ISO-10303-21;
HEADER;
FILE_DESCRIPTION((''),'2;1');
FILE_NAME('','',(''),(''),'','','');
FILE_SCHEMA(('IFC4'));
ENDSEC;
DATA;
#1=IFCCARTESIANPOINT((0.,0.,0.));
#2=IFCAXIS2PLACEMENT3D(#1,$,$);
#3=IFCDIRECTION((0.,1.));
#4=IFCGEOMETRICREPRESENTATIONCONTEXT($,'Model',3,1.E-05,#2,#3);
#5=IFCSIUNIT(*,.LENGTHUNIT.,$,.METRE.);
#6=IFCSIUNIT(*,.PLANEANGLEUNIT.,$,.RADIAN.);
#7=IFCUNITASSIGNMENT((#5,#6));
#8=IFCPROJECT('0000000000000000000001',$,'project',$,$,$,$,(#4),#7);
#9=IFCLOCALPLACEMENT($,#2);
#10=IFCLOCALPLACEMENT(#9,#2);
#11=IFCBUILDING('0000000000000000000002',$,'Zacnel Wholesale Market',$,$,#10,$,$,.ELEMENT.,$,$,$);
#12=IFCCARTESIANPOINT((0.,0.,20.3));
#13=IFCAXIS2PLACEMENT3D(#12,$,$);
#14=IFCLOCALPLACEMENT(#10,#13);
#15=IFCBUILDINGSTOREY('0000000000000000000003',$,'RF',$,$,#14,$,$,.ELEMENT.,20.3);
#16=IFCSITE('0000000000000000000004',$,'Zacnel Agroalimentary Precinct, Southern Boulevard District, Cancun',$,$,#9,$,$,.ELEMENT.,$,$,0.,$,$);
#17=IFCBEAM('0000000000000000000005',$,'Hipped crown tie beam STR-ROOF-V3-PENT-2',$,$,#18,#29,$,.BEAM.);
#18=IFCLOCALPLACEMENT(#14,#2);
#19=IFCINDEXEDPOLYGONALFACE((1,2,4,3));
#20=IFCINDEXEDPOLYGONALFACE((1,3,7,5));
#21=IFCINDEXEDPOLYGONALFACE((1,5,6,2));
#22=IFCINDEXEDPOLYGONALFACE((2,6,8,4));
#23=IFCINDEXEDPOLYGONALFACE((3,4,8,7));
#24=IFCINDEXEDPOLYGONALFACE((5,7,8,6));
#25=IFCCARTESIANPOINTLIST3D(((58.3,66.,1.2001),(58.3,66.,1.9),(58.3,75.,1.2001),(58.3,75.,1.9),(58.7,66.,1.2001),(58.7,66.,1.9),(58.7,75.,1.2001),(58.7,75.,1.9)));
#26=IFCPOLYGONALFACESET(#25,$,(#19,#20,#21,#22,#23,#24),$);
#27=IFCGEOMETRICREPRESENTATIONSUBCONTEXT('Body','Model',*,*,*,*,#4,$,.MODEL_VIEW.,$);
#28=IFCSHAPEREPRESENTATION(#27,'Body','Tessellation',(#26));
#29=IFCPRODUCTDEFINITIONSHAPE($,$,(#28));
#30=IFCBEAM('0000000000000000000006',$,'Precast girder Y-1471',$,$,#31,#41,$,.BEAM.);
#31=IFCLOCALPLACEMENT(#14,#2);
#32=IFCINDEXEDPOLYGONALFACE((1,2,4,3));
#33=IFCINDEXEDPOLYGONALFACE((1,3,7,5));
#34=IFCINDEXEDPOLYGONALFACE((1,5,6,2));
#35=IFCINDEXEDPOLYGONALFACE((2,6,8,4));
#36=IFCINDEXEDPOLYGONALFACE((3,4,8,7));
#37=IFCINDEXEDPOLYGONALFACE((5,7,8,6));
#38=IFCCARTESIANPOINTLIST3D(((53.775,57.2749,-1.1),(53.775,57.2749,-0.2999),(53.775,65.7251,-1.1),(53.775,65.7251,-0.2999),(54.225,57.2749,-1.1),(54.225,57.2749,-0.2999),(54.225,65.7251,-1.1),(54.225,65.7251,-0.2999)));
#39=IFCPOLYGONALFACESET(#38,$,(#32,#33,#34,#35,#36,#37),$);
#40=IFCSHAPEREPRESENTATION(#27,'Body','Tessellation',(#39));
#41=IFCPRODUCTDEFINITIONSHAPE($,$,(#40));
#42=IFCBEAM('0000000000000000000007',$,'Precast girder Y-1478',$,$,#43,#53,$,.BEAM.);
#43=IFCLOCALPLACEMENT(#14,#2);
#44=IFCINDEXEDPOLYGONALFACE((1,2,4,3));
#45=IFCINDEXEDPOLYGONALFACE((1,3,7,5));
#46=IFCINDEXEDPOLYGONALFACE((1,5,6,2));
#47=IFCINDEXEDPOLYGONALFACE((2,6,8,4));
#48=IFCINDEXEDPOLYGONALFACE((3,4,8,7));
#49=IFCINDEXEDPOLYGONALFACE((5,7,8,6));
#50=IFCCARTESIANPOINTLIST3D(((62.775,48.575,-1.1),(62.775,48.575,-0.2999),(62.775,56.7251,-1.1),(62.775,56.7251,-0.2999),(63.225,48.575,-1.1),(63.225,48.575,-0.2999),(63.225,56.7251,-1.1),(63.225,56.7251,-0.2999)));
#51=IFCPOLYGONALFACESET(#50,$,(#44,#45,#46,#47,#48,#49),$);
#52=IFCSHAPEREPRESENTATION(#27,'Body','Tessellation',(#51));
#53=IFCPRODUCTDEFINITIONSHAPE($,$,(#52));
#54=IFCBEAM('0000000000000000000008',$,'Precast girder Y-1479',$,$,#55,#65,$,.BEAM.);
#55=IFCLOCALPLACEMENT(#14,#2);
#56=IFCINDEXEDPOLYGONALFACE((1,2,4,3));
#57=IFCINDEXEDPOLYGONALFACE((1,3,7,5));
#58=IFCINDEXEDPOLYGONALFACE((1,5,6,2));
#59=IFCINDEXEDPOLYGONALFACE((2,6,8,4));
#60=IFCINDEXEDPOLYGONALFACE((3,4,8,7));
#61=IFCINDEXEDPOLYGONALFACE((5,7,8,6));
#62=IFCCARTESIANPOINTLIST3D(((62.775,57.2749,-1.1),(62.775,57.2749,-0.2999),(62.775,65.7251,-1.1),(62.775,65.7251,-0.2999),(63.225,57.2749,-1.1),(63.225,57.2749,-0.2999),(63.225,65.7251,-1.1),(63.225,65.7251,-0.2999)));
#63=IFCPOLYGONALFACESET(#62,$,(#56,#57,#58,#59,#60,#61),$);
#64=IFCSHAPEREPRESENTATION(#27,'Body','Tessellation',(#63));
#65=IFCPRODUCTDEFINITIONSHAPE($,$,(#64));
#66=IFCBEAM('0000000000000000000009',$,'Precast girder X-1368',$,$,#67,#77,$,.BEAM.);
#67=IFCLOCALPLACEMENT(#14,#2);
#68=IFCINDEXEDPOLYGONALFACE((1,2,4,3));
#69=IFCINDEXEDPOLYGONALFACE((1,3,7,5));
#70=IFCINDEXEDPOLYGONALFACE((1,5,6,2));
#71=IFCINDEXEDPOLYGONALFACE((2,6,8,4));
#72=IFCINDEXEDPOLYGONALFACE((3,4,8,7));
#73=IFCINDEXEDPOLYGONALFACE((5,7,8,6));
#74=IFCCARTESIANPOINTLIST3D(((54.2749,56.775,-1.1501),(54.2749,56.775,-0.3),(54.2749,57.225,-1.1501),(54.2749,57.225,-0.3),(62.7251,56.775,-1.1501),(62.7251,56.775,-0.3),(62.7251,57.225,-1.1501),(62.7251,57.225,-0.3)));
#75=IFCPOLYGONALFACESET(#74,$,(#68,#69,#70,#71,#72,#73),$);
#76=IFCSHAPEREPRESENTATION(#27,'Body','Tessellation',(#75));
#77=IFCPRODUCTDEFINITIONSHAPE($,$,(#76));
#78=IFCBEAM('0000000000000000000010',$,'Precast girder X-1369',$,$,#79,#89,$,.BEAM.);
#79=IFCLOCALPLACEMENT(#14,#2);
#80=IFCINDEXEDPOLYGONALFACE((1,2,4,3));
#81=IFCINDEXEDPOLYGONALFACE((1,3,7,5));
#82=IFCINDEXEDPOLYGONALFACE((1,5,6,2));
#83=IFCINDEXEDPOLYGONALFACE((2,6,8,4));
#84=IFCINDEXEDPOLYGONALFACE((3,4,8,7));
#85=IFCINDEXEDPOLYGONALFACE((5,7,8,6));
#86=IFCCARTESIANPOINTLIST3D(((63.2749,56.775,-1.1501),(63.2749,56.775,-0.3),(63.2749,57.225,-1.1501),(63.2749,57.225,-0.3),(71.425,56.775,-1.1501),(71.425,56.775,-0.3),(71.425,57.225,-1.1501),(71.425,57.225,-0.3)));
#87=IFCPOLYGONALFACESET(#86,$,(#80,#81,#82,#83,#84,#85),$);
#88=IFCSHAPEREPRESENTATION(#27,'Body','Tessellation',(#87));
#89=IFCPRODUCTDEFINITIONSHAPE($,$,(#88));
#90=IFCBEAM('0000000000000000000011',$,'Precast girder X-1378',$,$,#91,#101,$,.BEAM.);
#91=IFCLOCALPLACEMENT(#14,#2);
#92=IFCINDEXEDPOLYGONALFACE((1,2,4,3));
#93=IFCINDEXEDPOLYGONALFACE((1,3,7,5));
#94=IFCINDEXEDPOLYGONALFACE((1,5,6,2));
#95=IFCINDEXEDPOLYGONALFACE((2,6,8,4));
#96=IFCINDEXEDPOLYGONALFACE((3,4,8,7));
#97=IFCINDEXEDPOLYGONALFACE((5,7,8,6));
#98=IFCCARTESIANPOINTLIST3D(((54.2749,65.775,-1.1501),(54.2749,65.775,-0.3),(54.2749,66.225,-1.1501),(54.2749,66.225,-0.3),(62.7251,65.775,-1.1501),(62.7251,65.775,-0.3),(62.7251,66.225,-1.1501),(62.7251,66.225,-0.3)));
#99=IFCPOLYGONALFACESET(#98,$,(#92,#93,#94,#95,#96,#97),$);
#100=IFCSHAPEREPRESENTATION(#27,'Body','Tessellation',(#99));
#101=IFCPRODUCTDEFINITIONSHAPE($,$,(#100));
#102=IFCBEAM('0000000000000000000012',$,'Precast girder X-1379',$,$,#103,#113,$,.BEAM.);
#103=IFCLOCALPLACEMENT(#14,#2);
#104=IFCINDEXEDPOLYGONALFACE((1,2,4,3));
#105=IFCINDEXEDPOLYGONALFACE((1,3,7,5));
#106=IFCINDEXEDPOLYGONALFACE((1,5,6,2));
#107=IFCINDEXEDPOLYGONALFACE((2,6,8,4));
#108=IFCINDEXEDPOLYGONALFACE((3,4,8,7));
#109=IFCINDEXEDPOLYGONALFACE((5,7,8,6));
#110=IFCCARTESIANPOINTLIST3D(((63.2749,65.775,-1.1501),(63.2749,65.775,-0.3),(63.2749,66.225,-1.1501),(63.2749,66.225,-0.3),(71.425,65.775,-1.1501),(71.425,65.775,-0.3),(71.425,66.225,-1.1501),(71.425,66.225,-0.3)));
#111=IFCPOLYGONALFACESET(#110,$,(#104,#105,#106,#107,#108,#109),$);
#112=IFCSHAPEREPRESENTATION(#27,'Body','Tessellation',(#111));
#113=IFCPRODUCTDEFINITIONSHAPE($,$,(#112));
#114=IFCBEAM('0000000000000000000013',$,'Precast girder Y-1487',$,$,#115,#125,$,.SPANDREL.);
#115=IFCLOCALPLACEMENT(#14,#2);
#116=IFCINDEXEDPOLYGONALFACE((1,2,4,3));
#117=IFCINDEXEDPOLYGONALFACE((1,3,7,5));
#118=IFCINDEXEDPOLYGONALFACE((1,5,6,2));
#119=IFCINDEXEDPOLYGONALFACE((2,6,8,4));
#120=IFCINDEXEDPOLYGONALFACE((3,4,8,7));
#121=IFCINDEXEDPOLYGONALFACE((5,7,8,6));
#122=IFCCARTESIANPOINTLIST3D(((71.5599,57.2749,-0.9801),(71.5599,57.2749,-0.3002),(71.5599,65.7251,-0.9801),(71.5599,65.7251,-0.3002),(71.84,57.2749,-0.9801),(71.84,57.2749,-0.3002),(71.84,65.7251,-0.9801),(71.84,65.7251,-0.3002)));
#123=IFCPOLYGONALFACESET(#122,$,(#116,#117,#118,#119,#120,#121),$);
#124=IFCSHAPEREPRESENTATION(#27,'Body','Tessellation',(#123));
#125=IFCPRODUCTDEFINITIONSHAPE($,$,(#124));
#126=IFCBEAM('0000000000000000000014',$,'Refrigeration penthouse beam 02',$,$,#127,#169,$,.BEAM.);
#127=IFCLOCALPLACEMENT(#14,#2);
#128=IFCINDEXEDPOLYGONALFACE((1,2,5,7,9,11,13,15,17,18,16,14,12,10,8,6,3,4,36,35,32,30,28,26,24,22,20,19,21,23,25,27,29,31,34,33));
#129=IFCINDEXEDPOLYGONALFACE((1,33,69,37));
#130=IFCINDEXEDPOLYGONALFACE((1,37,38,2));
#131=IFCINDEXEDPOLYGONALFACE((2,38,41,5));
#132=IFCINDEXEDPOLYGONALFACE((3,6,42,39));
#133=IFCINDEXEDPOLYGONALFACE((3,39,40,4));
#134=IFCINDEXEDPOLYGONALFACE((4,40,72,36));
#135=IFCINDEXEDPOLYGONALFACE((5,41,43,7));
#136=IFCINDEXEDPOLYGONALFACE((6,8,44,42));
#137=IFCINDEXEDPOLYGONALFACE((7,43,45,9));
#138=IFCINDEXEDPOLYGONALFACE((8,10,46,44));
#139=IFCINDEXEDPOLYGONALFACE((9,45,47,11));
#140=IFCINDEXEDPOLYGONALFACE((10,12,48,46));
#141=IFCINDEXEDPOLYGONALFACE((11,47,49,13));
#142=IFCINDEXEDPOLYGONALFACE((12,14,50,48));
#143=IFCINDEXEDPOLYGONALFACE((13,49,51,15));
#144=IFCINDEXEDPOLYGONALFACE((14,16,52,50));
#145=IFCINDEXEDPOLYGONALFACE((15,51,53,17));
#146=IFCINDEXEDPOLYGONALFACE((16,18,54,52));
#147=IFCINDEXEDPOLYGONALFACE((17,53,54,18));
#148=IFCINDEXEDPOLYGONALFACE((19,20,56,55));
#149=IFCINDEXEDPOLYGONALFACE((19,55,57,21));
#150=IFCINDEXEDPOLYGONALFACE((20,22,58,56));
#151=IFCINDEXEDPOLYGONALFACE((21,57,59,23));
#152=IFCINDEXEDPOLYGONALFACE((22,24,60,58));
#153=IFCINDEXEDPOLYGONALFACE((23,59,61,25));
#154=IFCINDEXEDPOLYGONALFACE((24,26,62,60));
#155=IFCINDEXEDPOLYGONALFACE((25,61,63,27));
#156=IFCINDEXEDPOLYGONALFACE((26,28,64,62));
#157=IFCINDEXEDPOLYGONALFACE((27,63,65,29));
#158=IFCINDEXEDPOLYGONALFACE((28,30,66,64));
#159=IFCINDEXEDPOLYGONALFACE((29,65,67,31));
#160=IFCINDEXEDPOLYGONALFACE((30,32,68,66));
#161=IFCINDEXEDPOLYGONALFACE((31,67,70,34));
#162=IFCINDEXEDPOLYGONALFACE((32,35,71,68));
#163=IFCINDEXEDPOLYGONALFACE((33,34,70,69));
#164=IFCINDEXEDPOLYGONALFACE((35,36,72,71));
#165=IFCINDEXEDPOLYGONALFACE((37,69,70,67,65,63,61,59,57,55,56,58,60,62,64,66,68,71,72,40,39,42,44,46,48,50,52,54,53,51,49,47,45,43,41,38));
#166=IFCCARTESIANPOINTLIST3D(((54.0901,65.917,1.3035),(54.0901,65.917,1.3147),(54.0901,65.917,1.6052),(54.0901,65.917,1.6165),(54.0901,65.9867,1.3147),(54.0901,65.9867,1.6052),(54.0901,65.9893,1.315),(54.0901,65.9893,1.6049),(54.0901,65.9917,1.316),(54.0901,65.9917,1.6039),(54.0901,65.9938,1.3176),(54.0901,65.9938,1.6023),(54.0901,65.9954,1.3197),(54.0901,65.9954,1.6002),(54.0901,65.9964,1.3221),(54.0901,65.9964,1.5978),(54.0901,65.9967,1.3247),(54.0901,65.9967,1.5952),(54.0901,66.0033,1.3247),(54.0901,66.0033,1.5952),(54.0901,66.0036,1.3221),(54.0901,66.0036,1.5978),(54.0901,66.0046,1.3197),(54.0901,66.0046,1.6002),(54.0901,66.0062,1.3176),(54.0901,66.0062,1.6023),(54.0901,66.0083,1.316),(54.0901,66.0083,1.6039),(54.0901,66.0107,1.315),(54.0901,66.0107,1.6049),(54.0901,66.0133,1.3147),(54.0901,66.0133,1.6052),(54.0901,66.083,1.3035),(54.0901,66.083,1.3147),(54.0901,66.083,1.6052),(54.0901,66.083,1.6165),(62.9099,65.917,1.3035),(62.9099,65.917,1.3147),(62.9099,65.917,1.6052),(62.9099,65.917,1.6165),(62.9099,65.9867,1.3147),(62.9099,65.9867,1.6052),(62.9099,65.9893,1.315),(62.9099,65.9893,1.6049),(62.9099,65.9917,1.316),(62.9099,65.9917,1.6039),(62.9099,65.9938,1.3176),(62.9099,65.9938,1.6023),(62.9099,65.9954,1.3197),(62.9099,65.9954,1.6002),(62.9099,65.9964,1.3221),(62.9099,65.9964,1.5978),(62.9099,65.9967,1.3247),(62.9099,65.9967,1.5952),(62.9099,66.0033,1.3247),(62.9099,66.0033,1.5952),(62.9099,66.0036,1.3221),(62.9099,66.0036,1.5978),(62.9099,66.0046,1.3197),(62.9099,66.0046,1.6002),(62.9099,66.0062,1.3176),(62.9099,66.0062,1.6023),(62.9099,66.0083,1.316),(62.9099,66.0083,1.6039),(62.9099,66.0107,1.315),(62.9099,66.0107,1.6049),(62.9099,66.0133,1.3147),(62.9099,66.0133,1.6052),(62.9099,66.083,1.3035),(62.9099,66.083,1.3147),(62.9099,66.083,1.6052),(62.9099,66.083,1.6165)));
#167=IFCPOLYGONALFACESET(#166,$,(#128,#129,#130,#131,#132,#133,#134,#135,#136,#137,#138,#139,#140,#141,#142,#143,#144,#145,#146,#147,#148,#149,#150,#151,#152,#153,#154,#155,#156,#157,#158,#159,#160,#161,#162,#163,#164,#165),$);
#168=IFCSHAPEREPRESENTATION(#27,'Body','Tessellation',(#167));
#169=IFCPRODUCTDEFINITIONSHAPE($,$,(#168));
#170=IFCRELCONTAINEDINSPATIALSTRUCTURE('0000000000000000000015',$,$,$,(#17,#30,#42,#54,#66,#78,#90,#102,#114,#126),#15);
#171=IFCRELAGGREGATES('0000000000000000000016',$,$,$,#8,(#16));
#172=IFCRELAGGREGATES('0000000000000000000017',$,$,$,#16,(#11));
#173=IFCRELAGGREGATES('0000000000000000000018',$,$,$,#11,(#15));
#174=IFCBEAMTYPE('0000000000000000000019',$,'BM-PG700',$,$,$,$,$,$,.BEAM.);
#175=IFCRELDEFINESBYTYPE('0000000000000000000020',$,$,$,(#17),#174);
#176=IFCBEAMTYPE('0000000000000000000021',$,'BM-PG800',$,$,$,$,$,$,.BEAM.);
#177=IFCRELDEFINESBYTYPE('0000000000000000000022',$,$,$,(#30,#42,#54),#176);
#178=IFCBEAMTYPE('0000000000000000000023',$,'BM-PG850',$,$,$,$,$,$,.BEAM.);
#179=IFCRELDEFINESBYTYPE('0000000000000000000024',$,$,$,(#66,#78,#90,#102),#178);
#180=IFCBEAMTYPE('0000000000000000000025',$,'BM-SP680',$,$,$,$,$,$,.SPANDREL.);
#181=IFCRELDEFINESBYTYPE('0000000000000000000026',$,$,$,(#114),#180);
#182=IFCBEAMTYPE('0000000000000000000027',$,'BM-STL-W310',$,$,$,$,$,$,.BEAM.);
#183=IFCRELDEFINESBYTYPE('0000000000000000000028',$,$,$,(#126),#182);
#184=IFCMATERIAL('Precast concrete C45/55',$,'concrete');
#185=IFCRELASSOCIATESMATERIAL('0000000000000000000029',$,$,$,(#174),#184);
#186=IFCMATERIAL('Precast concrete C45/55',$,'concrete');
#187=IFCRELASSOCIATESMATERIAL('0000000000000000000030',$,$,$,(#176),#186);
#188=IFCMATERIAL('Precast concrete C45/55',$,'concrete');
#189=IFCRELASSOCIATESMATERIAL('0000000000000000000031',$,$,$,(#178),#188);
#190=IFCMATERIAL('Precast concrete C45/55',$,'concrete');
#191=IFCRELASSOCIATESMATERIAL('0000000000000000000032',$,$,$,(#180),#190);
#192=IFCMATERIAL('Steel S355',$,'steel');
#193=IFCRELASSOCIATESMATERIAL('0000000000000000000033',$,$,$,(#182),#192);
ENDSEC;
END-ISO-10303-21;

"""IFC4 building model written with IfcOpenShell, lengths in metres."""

from ifc_helpers import new_model, si_unit, direction, frame, origin, origin_2d, place, context, subcontext, project, spatial, rectangle, i_section, extrude, material, material_profile, profile_set, type_object, element, save


model = new_model("IFC4")

# Units and contexts
model_context = context("Model", 3, precision=1e-05, world=origin(), true_north=direction((0.0, 1.0)))
body_context = subcontext(model_context, "Body", "Model", "MODEL_VIEW")
ifc_project = project(units=[si_unit("LENGTHUNIT", "METRE"), si_unit("PLANEANGLEUNIT", "RADIAN")], contexts=[model_context])

# Site, building, storey
site_placement = place(None, origin())
site = spatial("IfcSite", under=ifc_project, at=site_placement, Name="Zacnel Agroalimentary Precinct, Southern Boulevard District, Cancun", CompositionType="ELEMENT", RefElevation=0.0)
building_placement = place(site_placement, origin())
building = spatial("IfcBuilding", under=site, at=building_placement, Name="Zacnel Wholesale Market", CompositionType="ELEMENT")
storey_placement = place(building_placement, frame((0.0, 0.0, 20.3)))
storey = spatial("IfcBuildingStorey", under=building, at=storey_placement, Name="RF", CompositionType="ELEMENT", Elevation=20.3)

# Beams
ifc_material_1 = material(Name="Precast concrete C45/55", Category="concrete")
ifc_material_profile_1 = material_profile(ifc_material_1, rectangle(XDim=0.3999, YDim=0.7, at=origin_2d()), Name="PG 400x700")
ifc_profile_set_1 = profile_set([ifc_material_profile_1], Name="Precast concrete C45/55")
beam_type_1 = type_object("IfcBeamType", Name="BM-PG700", PredefinedType="BEAM", material=ifc_profile_set_1)
beam_1_placement = place(storey_placement, frame((58.5, 66.0, 1.55), z_axis=(0.0, 1.0, 0.0), x_axis=(-1.0, 0.0, 0.0)))
element("IfcBeam", 1, at=beam_1_placement, inside=storey, type_object=beam_type_1, Name="Hipped crown tie beam STR-ROOF-V3-PENT-2", PredefinedType="BEAM", context=body_context, shape_type="SweptSolid", body=[
    extrude(rectangle(XDim=0.3999, YDim=0.7, at=origin_2d()), origin(), (0.0, 0.0, 1.0), 9.0),
])
ifc_material_2 = material(Name="Precast concrete C45/55", Category="concrete")
ifc_material_profile_2 = material_profile(ifc_material_2, rectangle(XDim=0.45, YDim=0.8, at=origin_2d()), Name="PG 450x800")
ifc_profile_set_2 = profile_set([ifc_material_profile_2], Name="Precast concrete C45/55")
beam_type_2 = type_object("IfcBeamType", Name="BM-PG800", PredefinedType="BEAM", material=ifc_profile_set_2)
beam_2_placement = place(storey_placement, frame((54.0, 57.2749, -0.7), z_axis=(0.0, 1.0, 0.0), x_axis=(-1.0, 0.0, 0.0)))
element("IfcBeam", 2, at=beam_2_placement, inside=storey, type_object=beam_type_2, Name="Precast girder Y-1471", PredefinedType="BEAM", context=body_context, shape_type="SweptSolid", body=[
    extrude(rectangle(XDim=0.45, YDim=0.8, at=origin_2d()), origin(), (0.0, 0.0, 1.0), 8.4502),
])
beam_3_placement = place(storey_placement, frame((63.0, 48.575, -0.7), z_axis=(0.0, 1.0, 0.0), x_axis=(-1.0, 0.0, 0.0)))
element("IfcBeam", 3, at=beam_3_placement, inside=storey, type_object=beam_type_2, Name="Precast girder Y-1478", PredefinedType="BEAM", context=body_context, shape_type="SweptSolid", body=[
    extrude(rectangle(XDim=0.45, YDim=0.8, at=origin_2d()), origin(), (0.0, 0.0, 1.0), 8.1501),
])
beam_4_placement = place(storey_placement, frame((63.0, 57.2749, -0.7), z_axis=(0.0, 1.0, 0.0), x_axis=(-1.0, 0.0, 0.0)))
element("IfcBeam", 4, at=beam_4_placement, inside=storey, type_object=beam_type_2, Name="Precast girder Y-1479", PredefinedType="BEAM", context=body_context, shape_type="SweptSolid", body=[
    extrude(rectangle(XDim=0.45, YDim=0.8, at=origin_2d()), origin(), (0.0, 0.0, 1.0), 8.4502),
])
ifc_material_3 = material(Name="Precast concrete C45/55", Category="concrete")
ifc_material_profile_3 = material_profile(ifc_material_3, rectangle(XDim=0.45, YDim=0.8501, at=origin_2d()), Name="PG 450x850")
ifc_profile_set_3 = profile_set([ifc_material_profile_3], Name="Precast concrete C45/55")
beam_type_3 = type_object("IfcBeamType", Name="BM-PG850", PredefinedType="BEAM", material=ifc_profile_set_3)
beam_5_placement = place(storey_placement, frame((54.2749, 57.0, -0.7251), z_axis=(1.0, 0.0, 0.0), x_axis=(0.0, 1.0, 0.0)))
element("IfcBeam", 5, at=beam_5_placement, inside=storey, type_object=beam_type_3, Name="Precast girder X-1368", PredefinedType="BEAM", context=body_context, shape_type="SweptSolid", body=[
    extrude(rectangle(XDim=0.45, YDim=0.8501, at=origin_2d()), origin(), (0.0, 0.0, 1.0), 8.4502),
])
beam_6_placement = place(storey_placement, frame((63.2749, 57.0, -0.7251), z_axis=(1.0, 0.0, 0.0), x_axis=(0.0, 1.0, 0.0)))
element("IfcBeam", 6, at=beam_6_placement, inside=storey, type_object=beam_type_3, Name="Precast girder X-1369", PredefinedType="BEAM", context=body_context, shape_type="SweptSolid", body=[
    extrude(rectangle(XDim=0.45, YDim=0.8501, at=origin_2d()), origin(), (0.0, 0.0, 1.0), 8.1501),
])
beam_7_placement = place(storey_placement, frame((54.2749, 66.0, -0.7251), z_axis=(1.0, 0.0, 0.0), x_axis=(0.0, 1.0, 0.0)))
element("IfcBeam", 7, at=beam_7_placement, inside=storey, type_object=beam_type_3, Name="Precast girder X-1378", PredefinedType="BEAM", context=body_context, shape_type="SweptSolid", body=[
    extrude(rectangle(XDim=0.45, YDim=0.8501, at=origin_2d()), origin(), (0.0, 0.0, 1.0), 8.4502),
])
beam_8_placement = place(storey_placement, frame((63.2749, 66.0, -0.7251), z_axis=(1.0, 0.0, 0.0), x_axis=(0.0, 1.0, 0.0)))
element("IfcBeam", 8, at=beam_8_placement, inside=storey, type_object=beam_type_3, Name="Precast girder X-1379", PredefinedType="BEAM", context=body_context, shape_type="SweptSolid", body=[
    extrude(rectangle(XDim=0.45, YDim=0.8501, at=origin_2d()), origin(), (0.0, 0.0, 1.0), 8.1501),
])
ifc_material_4 = material(Name="Precast concrete C45/55", Category="concrete")
ifc_material_profile_4 = material_profile(ifc_material_4, rectangle(XDim=0.28, YDim=0.6799, at=origin_2d()), Name="SP 280x680")
ifc_profile_set_4 = profile_set([ifc_material_profile_4], Name="Precast concrete C45/55")
beam_type_4 = type_object("IfcBeamType", Name="BM-SP680", PredefinedType="SPANDREL", material=ifc_profile_set_4)
beam_9_placement = place(storey_placement, frame((71.7, 57.2749, -0.6401), z_axis=(0.0, 1.0, 0.0), x_axis=(-1.0, 0.0, 0.0)))
element("IfcBeam", 9, at=beam_9_placement, inside=storey, type_object=beam_type_4, Name="Precast girder Y-1487", PredefinedType="SPANDREL", context=body_context, shape_type="SweptSolid", body=[
    extrude(rectangle(XDim=0.28, YDim=0.6799, at=origin_2d()), origin(), (0.0, 0.0, 1.0), 8.4502),
])
ifc_material_5 = material(Name="Steel S355", Category="steel")
ifc_material_profile_5 = material_profile(ifc_material_5, i_section(OverallWidth=0.166, OverallDepth=0.313, WebThickness=0.0066, FlangeThickness=0.0112, FilletRadius=0.01, at=origin_2d()), Name="W310X44.5")
ifc_profile_set_5 = profile_set([ifc_material_profile_5], Name="Steel S355")
beam_type_5 = type_object("IfcBeamType", Name="BM-STL-W310", PredefinedType="BEAM", material=ifc_profile_set_5)
for number, where, z_axis, x_axis, name in (
    (10, (54.0901, 66.0, 1.46), (1.0, 0.0, 0.0), (0.0, 1.0, 0.0), "Refrigeration penthouse beam 02"),
):
    element("IfcBeam", number, at=place(storey_placement, frame(where, z_axis=z_axis, x_axis=x_axis)), inside=storey, type_object=beam_type_5, Name=name, PredefinedType="BEAM", context=body_context, shape_type="SweptSolid", body=[
        extrude(i_section(OverallWidth=0.166, OverallDepth=0.313, WebThickness=0.0066, FlangeThickness=0.0112, FilletRadius=0.01, at=origin_2d()), origin(), (0.0, 0.0, 1.0), 8.8198),
    ])

save(model, "model.ifc")
